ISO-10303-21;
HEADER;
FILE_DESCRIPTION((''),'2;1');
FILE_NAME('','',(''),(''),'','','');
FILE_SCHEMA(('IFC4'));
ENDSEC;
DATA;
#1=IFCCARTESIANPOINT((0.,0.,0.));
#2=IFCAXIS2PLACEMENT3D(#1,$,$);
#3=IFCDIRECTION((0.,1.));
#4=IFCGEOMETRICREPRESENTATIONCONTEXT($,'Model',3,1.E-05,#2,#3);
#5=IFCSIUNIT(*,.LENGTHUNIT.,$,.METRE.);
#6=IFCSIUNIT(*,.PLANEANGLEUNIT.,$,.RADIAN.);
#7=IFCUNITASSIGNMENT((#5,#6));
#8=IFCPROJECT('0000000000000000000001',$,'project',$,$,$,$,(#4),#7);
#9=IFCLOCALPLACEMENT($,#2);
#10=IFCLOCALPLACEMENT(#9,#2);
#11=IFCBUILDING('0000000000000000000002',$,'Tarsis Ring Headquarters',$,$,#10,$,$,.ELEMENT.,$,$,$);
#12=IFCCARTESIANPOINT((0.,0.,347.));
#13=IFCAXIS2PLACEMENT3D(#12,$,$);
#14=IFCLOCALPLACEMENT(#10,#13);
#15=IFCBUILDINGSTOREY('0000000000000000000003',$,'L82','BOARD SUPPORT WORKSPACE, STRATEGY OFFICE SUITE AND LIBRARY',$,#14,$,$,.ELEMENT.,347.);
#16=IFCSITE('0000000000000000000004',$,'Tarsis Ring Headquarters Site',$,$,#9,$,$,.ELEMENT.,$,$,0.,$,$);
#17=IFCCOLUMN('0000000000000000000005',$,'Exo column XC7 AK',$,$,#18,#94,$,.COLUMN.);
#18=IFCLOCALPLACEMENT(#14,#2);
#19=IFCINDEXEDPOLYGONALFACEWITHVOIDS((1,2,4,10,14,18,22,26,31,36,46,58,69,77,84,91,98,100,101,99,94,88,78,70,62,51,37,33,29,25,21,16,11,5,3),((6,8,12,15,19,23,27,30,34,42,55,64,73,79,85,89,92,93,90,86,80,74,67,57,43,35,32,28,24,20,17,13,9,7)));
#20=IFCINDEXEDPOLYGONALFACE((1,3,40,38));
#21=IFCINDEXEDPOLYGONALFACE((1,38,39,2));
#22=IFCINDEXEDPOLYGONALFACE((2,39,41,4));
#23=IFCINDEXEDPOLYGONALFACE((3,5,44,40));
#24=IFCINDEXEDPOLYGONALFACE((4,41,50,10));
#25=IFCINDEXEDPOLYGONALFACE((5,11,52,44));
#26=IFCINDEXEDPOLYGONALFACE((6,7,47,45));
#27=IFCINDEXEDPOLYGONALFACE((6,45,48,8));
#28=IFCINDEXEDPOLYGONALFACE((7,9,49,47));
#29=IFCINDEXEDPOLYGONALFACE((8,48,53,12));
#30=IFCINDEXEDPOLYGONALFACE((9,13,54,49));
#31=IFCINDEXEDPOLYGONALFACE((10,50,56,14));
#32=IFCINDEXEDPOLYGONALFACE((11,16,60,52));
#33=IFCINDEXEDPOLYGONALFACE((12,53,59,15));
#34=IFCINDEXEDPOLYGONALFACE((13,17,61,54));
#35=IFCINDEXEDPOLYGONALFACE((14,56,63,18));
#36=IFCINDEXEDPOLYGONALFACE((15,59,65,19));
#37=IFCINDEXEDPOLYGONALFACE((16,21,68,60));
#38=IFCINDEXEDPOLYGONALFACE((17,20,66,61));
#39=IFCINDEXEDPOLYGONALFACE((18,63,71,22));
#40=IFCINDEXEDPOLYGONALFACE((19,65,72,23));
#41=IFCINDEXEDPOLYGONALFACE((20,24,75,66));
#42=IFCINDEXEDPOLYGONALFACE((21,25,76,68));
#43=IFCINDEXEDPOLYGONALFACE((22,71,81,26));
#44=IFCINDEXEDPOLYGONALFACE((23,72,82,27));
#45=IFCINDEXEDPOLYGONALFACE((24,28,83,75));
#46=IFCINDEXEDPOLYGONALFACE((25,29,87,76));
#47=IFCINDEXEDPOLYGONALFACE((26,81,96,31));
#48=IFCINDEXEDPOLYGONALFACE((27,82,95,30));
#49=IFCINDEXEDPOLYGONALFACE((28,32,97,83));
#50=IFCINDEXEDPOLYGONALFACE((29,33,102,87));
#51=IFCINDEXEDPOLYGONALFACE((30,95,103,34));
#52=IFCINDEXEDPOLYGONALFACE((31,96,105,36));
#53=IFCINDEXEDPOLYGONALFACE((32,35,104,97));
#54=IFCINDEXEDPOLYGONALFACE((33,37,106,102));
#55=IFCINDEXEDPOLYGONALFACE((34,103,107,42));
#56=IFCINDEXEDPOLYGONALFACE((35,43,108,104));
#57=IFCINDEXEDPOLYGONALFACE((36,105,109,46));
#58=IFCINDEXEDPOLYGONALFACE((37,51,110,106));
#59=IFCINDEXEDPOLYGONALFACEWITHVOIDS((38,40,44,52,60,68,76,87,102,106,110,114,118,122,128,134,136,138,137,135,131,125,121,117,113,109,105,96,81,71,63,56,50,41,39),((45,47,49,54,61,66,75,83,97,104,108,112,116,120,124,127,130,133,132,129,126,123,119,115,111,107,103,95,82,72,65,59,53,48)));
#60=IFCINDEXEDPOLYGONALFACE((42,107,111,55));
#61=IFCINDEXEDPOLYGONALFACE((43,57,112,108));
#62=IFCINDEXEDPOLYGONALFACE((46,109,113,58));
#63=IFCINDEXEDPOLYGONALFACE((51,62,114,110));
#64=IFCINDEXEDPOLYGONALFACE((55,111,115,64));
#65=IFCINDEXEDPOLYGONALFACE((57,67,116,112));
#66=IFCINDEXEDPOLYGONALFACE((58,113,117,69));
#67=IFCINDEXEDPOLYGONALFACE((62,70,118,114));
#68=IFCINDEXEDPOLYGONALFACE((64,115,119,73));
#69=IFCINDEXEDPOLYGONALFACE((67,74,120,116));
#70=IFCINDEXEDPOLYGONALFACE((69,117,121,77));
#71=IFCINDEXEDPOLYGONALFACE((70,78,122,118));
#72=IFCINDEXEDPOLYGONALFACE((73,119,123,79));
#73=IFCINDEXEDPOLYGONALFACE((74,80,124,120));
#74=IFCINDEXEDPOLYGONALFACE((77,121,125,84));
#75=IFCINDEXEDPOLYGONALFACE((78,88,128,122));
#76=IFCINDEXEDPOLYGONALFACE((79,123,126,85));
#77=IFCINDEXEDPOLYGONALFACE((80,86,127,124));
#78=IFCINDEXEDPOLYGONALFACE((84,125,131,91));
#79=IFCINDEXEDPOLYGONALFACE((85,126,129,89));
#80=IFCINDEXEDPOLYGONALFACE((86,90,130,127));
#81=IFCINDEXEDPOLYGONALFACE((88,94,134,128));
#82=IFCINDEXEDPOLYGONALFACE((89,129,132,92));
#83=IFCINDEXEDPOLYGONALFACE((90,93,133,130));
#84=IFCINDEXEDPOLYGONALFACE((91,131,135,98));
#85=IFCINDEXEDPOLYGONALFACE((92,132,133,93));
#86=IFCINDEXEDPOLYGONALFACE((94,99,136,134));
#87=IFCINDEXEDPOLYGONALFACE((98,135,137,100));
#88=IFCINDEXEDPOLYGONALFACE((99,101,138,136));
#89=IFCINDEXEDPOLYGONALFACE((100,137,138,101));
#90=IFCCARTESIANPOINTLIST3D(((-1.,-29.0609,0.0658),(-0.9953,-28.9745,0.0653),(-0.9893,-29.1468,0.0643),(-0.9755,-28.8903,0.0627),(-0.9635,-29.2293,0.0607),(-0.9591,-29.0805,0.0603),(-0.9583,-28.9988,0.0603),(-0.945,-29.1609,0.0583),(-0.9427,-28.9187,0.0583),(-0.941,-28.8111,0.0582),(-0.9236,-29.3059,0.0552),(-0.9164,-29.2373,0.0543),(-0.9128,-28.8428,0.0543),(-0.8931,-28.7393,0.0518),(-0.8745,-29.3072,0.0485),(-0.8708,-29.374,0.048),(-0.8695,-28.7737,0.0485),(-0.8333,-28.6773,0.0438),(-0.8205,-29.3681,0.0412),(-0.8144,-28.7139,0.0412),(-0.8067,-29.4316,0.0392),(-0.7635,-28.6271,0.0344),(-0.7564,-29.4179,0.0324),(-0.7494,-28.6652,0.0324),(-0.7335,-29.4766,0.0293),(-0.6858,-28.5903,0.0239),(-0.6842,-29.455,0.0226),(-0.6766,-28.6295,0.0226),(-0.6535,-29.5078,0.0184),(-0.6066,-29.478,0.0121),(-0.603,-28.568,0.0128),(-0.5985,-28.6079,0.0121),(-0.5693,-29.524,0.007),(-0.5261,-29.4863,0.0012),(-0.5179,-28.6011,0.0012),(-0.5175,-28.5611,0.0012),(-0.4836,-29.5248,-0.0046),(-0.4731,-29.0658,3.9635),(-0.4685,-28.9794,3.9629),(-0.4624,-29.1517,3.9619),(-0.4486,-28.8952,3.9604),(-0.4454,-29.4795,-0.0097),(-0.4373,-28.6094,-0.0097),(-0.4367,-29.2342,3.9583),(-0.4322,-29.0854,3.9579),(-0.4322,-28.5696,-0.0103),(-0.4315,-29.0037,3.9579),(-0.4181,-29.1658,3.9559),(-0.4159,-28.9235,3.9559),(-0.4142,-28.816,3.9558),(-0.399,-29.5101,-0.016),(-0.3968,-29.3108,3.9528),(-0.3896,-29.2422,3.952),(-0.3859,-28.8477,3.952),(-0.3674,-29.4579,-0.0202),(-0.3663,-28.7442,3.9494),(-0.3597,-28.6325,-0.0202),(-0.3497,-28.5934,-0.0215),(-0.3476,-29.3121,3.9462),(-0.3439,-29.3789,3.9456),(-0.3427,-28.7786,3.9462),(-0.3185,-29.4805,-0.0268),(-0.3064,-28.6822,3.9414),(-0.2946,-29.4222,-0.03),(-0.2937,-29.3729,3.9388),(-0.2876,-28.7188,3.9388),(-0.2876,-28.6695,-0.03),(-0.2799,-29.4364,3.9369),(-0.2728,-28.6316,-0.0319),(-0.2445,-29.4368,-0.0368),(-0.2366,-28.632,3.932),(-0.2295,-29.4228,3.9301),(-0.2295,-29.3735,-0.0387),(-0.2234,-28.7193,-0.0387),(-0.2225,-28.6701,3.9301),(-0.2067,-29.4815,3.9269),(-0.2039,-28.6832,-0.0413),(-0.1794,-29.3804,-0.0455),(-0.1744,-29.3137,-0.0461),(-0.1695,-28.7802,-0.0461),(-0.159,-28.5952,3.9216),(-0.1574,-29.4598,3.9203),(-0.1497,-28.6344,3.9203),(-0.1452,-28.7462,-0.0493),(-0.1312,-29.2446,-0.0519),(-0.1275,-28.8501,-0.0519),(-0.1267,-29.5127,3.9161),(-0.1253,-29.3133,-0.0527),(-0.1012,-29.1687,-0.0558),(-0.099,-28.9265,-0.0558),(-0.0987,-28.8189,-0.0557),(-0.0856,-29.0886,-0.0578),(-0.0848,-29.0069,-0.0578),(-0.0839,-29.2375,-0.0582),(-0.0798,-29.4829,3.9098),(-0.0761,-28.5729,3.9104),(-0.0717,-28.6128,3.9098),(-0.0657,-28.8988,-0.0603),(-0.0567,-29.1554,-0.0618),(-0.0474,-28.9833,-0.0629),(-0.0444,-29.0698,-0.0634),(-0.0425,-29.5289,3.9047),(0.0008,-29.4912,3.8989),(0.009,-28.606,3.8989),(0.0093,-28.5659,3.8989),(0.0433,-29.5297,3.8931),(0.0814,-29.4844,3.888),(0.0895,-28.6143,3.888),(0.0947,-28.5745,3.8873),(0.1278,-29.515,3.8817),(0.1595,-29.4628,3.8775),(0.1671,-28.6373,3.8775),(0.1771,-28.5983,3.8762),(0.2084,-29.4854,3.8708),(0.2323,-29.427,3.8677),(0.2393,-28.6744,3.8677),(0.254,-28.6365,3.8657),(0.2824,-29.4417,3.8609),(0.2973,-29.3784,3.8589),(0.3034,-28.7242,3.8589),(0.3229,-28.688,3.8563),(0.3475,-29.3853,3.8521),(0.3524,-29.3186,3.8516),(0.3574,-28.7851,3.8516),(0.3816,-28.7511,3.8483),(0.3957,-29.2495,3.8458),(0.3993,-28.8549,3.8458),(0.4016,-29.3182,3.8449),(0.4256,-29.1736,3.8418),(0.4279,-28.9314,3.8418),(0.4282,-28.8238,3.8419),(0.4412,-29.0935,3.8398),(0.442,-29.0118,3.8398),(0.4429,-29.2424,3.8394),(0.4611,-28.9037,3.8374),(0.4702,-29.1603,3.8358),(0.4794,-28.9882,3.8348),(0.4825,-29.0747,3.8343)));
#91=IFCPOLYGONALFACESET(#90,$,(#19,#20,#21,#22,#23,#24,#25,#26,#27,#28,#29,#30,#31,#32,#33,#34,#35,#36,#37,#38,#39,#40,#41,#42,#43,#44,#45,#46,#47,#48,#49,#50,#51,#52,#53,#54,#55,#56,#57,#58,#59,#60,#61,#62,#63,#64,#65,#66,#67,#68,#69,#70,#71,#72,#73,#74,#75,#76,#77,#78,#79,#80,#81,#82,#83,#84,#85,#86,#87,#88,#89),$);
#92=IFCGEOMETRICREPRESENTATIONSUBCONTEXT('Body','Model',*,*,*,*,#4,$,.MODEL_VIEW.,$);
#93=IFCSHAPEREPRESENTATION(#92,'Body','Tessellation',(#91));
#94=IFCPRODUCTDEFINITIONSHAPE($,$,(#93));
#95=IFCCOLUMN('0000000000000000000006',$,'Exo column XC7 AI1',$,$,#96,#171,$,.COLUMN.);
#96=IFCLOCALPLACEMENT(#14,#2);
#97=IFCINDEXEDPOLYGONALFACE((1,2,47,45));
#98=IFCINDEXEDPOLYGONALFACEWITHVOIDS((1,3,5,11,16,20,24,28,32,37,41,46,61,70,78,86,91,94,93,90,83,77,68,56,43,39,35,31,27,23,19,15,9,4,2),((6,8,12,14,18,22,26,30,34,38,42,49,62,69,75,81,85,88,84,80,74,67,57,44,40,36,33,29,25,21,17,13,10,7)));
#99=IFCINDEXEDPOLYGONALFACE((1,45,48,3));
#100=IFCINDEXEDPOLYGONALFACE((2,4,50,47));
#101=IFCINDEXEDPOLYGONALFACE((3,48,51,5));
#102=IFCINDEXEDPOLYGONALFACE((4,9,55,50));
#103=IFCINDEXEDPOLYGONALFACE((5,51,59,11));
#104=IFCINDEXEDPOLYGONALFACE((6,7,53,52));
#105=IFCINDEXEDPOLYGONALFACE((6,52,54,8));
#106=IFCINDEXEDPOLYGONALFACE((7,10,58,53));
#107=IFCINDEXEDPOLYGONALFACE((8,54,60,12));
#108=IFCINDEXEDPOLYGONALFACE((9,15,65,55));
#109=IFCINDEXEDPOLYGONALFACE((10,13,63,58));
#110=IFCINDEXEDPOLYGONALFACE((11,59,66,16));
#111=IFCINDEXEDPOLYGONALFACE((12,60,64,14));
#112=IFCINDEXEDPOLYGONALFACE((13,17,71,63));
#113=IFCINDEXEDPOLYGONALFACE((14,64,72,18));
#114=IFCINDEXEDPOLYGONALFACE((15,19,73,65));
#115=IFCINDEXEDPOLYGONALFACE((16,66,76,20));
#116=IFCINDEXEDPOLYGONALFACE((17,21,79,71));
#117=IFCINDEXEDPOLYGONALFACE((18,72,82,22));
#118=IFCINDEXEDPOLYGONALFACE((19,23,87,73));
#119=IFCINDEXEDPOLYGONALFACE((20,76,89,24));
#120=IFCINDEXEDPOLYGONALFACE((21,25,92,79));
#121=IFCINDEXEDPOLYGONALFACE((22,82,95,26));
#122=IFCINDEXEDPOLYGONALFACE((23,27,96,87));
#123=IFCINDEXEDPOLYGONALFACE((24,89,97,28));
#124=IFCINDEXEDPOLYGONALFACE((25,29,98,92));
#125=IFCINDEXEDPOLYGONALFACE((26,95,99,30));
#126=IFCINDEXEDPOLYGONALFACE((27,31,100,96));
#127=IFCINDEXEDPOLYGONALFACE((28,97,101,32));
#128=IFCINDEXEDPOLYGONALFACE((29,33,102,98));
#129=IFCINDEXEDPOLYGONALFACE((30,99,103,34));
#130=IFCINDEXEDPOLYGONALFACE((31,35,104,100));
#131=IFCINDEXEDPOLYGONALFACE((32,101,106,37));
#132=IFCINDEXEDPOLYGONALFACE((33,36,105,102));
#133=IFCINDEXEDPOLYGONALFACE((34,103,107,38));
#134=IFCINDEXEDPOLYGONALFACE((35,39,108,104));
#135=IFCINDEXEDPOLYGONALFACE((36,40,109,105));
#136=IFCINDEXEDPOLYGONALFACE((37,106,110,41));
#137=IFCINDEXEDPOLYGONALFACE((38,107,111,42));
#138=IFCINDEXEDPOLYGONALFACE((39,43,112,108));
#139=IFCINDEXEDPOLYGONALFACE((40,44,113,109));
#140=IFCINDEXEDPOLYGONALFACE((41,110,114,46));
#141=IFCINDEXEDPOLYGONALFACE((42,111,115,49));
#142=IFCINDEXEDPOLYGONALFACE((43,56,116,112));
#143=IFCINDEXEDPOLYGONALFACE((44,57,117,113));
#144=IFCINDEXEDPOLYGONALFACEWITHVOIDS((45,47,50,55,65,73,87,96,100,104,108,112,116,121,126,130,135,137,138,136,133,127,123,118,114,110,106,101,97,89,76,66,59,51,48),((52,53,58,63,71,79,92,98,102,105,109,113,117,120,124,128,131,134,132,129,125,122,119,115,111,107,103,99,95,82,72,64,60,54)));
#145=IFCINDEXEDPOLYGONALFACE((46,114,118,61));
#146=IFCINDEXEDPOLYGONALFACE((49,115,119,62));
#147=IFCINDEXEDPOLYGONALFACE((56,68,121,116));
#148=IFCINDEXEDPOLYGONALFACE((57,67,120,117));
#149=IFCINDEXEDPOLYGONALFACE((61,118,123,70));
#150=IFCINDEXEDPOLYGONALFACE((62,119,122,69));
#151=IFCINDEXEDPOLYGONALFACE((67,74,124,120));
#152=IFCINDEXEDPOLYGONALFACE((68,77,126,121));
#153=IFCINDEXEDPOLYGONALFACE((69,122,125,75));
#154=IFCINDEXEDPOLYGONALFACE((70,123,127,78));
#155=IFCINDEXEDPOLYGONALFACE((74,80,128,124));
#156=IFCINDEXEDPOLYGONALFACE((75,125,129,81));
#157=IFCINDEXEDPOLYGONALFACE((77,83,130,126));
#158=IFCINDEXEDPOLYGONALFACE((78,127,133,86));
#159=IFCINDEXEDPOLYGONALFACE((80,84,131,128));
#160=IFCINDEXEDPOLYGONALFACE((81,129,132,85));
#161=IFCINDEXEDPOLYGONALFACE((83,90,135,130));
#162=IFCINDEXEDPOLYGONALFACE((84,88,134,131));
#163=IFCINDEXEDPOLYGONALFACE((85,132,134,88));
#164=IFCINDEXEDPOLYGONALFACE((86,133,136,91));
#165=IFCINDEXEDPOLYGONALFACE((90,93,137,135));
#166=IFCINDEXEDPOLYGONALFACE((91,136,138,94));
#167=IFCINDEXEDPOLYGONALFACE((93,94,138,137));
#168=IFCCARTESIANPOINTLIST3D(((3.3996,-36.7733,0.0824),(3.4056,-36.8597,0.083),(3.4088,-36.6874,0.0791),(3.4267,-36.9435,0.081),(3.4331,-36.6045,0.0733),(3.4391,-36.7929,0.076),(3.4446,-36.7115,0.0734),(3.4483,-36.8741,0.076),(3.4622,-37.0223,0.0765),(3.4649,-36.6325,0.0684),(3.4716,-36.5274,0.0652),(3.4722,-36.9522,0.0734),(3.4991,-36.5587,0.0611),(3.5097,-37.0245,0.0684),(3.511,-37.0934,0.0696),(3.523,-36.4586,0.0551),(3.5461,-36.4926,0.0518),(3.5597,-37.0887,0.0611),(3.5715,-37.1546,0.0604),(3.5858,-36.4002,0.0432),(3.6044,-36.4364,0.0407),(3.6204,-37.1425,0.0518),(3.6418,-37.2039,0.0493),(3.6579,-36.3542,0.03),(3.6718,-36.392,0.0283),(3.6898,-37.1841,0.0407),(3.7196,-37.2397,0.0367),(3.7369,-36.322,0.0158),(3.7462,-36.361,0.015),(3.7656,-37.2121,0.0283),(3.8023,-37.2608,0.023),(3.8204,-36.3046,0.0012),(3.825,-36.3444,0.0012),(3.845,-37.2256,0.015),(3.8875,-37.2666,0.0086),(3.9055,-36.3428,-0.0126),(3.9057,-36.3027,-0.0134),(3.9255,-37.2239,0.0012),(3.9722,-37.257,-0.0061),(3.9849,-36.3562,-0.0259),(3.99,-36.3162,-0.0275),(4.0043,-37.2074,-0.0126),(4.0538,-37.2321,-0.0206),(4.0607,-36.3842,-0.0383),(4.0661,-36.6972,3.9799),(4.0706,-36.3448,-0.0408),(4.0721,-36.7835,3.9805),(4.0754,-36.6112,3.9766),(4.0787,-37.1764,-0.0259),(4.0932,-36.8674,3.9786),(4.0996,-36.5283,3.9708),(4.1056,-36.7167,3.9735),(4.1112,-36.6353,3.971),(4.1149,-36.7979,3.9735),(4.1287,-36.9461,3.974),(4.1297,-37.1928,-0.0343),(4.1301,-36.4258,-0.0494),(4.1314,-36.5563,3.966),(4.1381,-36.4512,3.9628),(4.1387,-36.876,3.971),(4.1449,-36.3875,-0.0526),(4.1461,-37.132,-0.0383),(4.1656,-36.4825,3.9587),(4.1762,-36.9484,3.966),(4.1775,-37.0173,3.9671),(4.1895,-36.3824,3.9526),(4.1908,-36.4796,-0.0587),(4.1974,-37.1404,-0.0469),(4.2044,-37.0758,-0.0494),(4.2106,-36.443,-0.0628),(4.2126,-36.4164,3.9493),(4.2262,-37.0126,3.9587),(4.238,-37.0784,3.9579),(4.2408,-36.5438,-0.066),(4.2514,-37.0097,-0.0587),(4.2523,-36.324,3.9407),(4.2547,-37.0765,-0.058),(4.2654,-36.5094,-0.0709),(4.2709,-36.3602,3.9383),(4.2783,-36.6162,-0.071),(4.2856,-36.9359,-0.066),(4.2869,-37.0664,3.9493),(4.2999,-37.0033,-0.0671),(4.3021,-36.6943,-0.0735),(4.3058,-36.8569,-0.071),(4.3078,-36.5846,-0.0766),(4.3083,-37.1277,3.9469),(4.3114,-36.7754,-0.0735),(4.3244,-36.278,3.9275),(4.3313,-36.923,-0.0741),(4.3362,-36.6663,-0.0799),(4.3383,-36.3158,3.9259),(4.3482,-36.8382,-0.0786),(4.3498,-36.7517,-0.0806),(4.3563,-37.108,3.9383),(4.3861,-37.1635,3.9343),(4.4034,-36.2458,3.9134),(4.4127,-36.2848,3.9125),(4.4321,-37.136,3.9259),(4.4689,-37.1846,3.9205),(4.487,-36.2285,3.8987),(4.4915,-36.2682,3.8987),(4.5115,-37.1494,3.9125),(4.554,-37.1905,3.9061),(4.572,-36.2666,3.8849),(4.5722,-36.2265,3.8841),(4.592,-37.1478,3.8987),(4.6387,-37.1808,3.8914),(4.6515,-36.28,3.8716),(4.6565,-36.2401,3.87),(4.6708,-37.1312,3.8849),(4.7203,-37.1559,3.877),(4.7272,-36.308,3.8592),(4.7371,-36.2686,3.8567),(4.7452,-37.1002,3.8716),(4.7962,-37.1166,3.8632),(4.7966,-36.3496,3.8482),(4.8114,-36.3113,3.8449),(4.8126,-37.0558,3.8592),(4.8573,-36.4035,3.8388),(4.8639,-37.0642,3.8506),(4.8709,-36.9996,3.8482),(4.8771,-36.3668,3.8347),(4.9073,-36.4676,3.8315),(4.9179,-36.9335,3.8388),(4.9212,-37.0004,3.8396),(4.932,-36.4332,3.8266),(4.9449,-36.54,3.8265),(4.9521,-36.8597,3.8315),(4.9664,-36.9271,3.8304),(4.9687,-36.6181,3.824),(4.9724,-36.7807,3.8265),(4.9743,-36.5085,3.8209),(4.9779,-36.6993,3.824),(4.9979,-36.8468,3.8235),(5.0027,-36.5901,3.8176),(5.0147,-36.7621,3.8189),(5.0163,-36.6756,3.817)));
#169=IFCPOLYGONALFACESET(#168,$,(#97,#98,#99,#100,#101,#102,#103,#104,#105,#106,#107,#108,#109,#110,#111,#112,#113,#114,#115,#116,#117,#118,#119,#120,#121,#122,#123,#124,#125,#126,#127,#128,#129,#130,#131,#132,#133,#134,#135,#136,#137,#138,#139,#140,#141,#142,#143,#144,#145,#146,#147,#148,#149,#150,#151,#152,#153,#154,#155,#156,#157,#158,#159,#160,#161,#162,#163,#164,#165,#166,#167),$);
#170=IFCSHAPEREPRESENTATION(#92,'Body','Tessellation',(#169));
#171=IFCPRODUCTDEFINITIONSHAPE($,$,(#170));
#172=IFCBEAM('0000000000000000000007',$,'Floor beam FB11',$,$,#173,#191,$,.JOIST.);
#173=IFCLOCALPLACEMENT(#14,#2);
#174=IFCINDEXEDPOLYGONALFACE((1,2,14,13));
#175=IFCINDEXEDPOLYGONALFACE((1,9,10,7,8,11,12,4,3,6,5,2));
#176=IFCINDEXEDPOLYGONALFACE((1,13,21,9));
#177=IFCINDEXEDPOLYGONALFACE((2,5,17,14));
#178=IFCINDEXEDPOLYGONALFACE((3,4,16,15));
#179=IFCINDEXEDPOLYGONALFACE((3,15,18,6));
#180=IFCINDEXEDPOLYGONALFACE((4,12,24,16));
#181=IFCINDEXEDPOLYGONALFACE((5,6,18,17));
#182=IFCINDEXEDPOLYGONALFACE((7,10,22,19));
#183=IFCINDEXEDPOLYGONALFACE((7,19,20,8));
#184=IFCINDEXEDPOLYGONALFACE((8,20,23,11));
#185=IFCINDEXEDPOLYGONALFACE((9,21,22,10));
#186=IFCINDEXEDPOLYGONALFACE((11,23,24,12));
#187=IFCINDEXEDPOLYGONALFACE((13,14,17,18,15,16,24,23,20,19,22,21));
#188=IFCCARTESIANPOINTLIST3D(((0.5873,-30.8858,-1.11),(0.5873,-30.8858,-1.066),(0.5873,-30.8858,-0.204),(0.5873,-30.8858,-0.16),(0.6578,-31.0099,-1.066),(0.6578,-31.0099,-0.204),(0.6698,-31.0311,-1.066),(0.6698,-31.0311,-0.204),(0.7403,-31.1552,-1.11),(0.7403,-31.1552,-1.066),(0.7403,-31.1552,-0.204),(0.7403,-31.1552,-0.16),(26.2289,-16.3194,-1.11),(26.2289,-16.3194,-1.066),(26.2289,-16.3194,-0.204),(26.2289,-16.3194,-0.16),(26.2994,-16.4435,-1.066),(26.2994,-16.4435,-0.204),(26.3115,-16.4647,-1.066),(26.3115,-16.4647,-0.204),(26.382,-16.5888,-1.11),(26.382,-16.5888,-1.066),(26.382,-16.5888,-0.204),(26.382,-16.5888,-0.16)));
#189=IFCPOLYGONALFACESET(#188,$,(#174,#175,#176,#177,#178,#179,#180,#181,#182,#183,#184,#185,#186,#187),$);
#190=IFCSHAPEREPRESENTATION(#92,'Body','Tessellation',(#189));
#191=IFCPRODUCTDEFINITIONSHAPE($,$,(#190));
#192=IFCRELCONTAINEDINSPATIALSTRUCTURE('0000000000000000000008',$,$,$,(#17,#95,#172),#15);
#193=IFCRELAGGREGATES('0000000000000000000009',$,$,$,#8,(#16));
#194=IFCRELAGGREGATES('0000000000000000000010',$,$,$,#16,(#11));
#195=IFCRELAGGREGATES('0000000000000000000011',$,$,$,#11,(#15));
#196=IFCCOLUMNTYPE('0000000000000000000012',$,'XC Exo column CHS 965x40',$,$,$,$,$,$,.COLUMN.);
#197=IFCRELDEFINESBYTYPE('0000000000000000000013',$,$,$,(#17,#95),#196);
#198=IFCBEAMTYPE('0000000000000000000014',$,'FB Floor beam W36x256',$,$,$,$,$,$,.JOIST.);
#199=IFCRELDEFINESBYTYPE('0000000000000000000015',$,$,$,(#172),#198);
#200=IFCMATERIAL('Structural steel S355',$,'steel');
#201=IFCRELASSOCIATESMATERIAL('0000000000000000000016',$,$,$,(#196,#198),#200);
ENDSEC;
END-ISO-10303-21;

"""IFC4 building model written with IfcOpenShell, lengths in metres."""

from ifc_helpers import new_model, si_unit, direction, frame, origin, origin_2d, place, context, subcontext, project, spatial, hollow_circle, i_section, extrude, material, material_profile, profile_set, type_object, element, save


model = new_model("IFC4")

# Units and contexts
model_context = context("Model", 3, precision=1e-05, world=origin(), true_north=direction((0.0, 1.0)))
body_context = subcontext(model_context, "Body", "Model", "MODEL_VIEW")
ifc_project = project(units=[si_unit("LENGTHUNIT", "METRE"), si_unit("PLANEANGLEUNIT", "RADIAN")], contexts=[model_context])

# Site, building, storey
site_placement = place(None, origin())
site = spatial("IfcSite", under=ifc_project, at=site_placement, Name="Tarsis Ring Headquarters Site", CompositionType="ELEMENT", RefElevation=0.0)
building_placement = place(site_placement, origin())
building = spatial("IfcBuilding", under=site, at=building_placement, Name="Tarsis Ring Headquarters", CompositionType="ELEMENT")
storey_placement = place(building_placement, frame((0.0, 0.0, 347.0)))
storey = spatial("IfcBuildingStorey", under=building, at=storey_placement, Name="L82", Description="BOARD SUPPORT WORKSPACE, STRATEGY OFFICE SUITE AND LIBRARY", CompositionType="ELEMENT", Elevation=347.0)

# Columns
ifc_material_1 = material(Name="Structural steel S355", Category="steel")
ifc_material_profile_1 = material_profile(ifc_material_1, hollow_circle(Radius=0.4827, WallThickness=0.04, at=origin_2d()), Name="CHS 965x40")
ifc_profile_set_1 = profile_set([ifc_material_profile_1], Name="Structural steel S355")
column_type = type_object("IfcColumnType", Name="XC Exo column CHS 965x40", PredefinedType="COLUMN", material=ifc_profile_set_1)
column_1_placement = place(storey_placement, frame((-0.522, -29.0437, 0.0012), z_axis=(0.133952, -0.001241, 0.990987), x_axis=(0.009267, 0.999957, 0.0)))
element("IfcColumn", 1, at=column_1_placement, inside=storey, type_object=column_type, Name="Exo column XC7 AK", PredefinedType="COLUMN", context=body_context, shape_type="SweptSolid", body=[
    extrude(hollow_circle(Radius=0.4827, WallThickness=0.04, at=origin_2d()), origin(), (0.0, 0.0, 1.0), 3.9331),
])
column_2_placement = place(storey_placement, frame((3.8752, -36.7842, 0.0012), z_axis=(0.168532, 0.019261, 0.985508), x_axis=(-0.113547, 0.993533, 0.0)))
element("IfcColumn", 2, at=column_2_placement, inside=storey, type_object=column_type, Name="Exo column XC7 AI1", PredefinedType="COLUMN", context=body_context, shape_type="SweptSolid", body=[
    extrude(hollow_circle(Radius=0.4827, WallThickness=0.04, at=origin_2d()), origin(), (0.0, 0.0, 1.0), 3.9548),
])

# Beam
ifc_material_profile_2 = material_profile(ifc_material_1, i_section(OverallWidth=0.3098, OverallDepth=0.95, WebThickness=0.0244, FlangeThickness=0.0439, at=origin_2d()), Name="W36x256")
ifc_profile_set_2 = profile_set([ifc_material_profile_2], Name="Structural steel S355")
beam_type_1 = type_object("IfcBeamType", Name="FB Floor beam W36x256", PredefinedType="JOIST", material=ifc_profile_set_2)
beam_1_placement = place(storey_placement, frame((0.6638, -31.0205, -0.635), z_axis=(0.869496, 0.493941, 0.0), x_axis=(-0.493941, 0.869496, 0.0)))
element("IfcBeam", 3, at=beam_1_placement, inside=storey, type_object=beam_type_1, Name="Floor beam FB11", PredefinedType="JOIST", context=body_context, shape_type="SweptSolid", body=[
    extrude(i_section(OverallWidth=0.3098, OverallDepth=0.95, WebThickness=0.0244, FlangeThickness=0.0439, at=origin_2d()), origin(), (0.0, 0.0, 1.0), 29.4902),
])

save(model, "model.ifc")
